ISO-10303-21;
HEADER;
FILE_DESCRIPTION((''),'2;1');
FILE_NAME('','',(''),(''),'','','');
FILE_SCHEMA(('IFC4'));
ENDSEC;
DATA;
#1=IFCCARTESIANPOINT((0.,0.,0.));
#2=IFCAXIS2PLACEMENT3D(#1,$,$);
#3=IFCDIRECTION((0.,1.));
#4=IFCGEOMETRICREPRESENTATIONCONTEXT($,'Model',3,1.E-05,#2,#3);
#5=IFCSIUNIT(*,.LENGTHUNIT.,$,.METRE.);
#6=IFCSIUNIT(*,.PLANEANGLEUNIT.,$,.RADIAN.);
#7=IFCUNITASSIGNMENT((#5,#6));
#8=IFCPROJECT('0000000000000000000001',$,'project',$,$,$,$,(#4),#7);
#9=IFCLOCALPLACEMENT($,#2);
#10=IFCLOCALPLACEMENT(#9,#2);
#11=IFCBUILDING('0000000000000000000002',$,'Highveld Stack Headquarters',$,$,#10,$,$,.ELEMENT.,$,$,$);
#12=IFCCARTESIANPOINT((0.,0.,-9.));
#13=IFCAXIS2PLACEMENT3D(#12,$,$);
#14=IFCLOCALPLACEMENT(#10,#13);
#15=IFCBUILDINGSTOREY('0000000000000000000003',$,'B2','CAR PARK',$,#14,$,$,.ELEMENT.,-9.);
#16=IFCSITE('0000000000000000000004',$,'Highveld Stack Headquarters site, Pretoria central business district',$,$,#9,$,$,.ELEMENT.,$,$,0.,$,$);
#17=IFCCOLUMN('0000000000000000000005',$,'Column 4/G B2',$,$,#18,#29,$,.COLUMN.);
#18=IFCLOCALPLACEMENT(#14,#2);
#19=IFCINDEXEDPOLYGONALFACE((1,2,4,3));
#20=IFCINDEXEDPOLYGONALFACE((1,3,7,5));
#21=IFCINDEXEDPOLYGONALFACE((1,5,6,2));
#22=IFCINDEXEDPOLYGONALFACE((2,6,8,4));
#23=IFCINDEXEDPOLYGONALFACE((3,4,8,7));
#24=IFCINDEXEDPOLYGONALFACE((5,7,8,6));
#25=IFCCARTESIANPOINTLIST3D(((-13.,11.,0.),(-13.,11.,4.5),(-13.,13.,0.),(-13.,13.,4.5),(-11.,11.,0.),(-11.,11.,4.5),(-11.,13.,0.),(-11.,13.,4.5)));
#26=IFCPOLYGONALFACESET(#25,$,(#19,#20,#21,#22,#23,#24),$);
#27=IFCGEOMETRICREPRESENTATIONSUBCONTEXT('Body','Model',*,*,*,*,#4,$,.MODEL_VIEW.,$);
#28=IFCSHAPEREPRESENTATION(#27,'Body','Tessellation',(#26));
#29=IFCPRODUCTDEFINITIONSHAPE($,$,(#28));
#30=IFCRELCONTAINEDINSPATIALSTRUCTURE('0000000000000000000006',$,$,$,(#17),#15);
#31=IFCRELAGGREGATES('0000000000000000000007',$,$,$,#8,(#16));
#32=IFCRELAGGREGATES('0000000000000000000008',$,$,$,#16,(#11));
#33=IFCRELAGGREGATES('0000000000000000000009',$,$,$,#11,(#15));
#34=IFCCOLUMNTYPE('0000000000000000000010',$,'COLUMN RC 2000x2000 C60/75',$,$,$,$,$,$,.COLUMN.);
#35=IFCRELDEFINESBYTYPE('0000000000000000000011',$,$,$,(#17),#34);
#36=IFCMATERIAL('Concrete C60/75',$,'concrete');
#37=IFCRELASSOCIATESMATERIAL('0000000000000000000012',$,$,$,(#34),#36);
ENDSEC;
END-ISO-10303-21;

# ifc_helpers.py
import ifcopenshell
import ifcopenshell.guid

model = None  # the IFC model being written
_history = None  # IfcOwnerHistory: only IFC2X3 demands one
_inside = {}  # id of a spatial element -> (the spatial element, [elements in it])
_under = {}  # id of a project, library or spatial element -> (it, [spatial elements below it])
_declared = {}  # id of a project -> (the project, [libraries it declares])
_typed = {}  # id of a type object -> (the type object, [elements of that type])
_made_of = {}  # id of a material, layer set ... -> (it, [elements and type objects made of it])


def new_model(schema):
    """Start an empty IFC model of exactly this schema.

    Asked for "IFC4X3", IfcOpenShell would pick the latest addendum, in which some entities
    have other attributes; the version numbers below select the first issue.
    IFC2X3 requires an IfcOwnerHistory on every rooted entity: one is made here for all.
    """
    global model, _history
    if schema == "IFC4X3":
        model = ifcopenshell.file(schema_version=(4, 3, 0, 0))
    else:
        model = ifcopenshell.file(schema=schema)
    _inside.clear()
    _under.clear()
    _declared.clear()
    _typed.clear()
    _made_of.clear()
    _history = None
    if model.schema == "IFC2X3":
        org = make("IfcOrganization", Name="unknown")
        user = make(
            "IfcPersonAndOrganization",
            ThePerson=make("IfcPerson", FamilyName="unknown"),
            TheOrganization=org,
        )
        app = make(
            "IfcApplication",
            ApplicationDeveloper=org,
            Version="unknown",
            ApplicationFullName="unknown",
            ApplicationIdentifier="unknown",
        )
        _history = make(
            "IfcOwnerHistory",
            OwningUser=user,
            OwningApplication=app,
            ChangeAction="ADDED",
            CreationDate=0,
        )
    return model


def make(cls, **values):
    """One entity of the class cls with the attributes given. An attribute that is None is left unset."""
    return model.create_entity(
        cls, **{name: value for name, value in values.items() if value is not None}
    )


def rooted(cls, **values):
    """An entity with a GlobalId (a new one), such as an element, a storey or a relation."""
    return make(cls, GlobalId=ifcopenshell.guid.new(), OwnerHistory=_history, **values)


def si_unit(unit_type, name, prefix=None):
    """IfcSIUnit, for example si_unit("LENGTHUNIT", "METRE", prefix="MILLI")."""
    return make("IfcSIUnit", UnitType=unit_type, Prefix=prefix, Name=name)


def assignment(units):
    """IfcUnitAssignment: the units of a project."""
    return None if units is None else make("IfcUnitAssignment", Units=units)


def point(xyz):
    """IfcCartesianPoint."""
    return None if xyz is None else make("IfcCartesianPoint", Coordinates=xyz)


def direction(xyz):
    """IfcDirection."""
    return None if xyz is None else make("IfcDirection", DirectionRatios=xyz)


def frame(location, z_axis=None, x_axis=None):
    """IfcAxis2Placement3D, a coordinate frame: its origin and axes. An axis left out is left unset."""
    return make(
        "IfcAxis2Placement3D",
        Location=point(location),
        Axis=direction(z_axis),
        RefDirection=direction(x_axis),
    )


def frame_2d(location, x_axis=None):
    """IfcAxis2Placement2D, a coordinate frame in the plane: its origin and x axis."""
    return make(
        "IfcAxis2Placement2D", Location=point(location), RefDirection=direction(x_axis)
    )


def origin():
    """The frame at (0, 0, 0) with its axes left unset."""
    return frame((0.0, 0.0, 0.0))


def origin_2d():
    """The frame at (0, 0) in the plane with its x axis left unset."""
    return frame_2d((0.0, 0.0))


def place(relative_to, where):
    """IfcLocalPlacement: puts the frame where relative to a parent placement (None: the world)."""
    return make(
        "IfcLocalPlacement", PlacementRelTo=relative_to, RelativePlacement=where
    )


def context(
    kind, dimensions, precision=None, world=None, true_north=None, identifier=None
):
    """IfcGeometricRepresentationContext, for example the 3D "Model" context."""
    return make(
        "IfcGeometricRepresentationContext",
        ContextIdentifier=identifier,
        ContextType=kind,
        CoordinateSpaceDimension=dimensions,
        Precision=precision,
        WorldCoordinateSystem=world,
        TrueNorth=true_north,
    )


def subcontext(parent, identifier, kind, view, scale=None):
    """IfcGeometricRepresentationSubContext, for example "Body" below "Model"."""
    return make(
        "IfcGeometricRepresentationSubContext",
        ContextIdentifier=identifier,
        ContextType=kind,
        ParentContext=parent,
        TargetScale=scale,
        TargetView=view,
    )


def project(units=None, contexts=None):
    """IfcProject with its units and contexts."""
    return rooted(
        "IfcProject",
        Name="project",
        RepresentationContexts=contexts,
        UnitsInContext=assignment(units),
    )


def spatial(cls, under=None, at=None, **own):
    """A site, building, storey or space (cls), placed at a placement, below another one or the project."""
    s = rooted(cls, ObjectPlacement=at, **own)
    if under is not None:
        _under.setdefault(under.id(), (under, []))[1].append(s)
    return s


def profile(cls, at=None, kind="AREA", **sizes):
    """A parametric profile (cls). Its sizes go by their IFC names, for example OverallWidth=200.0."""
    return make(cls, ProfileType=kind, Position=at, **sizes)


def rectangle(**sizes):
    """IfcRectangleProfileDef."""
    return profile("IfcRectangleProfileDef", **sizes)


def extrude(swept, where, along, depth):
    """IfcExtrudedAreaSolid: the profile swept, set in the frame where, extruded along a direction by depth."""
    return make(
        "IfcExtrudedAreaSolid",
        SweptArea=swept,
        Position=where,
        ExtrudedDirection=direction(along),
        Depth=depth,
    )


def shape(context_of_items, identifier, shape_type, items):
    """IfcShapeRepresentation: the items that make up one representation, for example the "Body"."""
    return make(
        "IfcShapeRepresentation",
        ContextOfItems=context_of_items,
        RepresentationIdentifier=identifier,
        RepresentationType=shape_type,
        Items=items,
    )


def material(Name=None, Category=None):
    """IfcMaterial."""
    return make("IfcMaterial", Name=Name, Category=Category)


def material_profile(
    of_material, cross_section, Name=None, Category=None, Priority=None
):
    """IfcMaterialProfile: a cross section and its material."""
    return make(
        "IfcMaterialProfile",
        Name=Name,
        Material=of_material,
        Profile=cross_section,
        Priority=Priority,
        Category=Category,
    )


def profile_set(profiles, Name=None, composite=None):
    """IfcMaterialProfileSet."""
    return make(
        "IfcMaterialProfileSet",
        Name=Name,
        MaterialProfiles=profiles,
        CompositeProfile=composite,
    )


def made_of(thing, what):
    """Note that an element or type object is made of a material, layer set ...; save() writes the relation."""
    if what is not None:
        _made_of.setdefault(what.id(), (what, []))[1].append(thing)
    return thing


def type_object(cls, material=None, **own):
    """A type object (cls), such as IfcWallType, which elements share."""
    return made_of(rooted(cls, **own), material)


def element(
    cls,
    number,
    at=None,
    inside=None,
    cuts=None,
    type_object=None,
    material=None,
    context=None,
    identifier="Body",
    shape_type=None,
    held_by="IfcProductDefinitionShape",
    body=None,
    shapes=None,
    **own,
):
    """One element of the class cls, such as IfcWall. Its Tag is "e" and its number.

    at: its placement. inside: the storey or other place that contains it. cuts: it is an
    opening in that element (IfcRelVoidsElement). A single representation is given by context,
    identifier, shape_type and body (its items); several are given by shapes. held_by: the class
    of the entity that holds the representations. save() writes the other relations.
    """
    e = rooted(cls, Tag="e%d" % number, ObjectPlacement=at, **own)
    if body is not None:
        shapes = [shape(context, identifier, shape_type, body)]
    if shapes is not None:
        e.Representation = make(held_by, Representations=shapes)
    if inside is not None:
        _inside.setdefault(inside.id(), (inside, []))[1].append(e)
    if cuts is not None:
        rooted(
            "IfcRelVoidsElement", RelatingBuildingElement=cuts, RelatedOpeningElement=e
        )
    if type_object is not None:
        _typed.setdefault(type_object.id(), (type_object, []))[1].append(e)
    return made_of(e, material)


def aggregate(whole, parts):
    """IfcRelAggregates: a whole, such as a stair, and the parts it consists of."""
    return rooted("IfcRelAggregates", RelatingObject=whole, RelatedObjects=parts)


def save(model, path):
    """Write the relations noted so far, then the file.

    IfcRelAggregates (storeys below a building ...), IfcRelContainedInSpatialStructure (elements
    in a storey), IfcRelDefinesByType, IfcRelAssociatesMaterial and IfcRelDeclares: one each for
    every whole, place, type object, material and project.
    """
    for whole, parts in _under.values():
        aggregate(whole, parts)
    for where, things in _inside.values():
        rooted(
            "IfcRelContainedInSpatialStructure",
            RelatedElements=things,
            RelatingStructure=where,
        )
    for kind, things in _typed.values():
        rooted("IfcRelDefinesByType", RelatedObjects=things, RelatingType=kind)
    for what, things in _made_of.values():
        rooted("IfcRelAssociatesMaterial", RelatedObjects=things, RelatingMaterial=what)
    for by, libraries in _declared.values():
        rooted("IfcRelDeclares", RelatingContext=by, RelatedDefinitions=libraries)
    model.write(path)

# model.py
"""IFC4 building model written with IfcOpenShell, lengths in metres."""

from ifc_helpers import new_model, si_unit, direction, frame, origin, origin_2d, place, context, subcontext, project, spatial, rectangle, extrude, material, material_profile, profile_set, type_object, element, save


model = new_model("IFC4")

# Units and contexts
model_context = context("Model", 3, precision=1e-05, world=origin(), true_north=direction((0.0, 1.0)))
body_context = subcontext(model_context, "Body", "Model", "MODEL_VIEW")
ifc_project = project(units=[si_unit("LENGTHUNIT", "METRE"), si_unit("PLANEANGLEUNIT", "RADIAN")], contexts=[model_context])

# Site, building, storey
site_placement = place(None, origin())
site = spatial("IfcSite", under=ifc_project, at=site_placement, Name="Highveld Stack Headquarters site, Pretoria central business district", CompositionType="ELEMENT", RefElevation=0.0)
building_placement = place(site_placement, origin())
building = spatial("IfcBuilding", under=site, at=building_placement, Name="Highveld Stack Headquarters", CompositionType="ELEMENT")
storey_placement = place(building_placement, frame((0.0, 0.0, -9.0)))
storey = spatial("IfcBuildingStorey", under=building, at=storey_placement, Name="B2", Description="CAR PARK", CompositionType="ELEMENT", Elevation=-9.0)

# Column
ifc_material_1 = material(Name="Concrete C60/75", Category="concrete")
ifc_material_profile = material_profile(ifc_material_1, rectangle(XDim=2.0, YDim=2.0, at=origin_2d()), Name="RC 2000x2000")
ifc_profile_set = profile_set([ifc_material_profile], Name="Concrete C60/75")
column_type = type_object("IfcColumnType", Name="COLUMN RC 2000x2000 C60/75", PredefinedType="COLUMN", material=ifc_profile_set)
for number, where, z_axis, x_axis, name in (
    (1, (-12.0, 12.0, 0.0), (0.0, 0.0, 1.0), (1.0, 0.0, 0.0), "Column 4/G B2"),
):
    element("IfcColumn", number, at=place(storey_placement, frame(where, z_axis=z_axis, x_axis=x_axis)), inside=storey, type_object=column_type, Name=name, PredefinedType="COLUMN", context=body_context, shape_type="SweptSolid", body=[
        extrude(rectangle(XDim=2.0, YDim=2.0, at=origin_2d()), origin(), (0.0, 0.0, 1.0), 4.5),
    ])

save(model, "model.ifc")
